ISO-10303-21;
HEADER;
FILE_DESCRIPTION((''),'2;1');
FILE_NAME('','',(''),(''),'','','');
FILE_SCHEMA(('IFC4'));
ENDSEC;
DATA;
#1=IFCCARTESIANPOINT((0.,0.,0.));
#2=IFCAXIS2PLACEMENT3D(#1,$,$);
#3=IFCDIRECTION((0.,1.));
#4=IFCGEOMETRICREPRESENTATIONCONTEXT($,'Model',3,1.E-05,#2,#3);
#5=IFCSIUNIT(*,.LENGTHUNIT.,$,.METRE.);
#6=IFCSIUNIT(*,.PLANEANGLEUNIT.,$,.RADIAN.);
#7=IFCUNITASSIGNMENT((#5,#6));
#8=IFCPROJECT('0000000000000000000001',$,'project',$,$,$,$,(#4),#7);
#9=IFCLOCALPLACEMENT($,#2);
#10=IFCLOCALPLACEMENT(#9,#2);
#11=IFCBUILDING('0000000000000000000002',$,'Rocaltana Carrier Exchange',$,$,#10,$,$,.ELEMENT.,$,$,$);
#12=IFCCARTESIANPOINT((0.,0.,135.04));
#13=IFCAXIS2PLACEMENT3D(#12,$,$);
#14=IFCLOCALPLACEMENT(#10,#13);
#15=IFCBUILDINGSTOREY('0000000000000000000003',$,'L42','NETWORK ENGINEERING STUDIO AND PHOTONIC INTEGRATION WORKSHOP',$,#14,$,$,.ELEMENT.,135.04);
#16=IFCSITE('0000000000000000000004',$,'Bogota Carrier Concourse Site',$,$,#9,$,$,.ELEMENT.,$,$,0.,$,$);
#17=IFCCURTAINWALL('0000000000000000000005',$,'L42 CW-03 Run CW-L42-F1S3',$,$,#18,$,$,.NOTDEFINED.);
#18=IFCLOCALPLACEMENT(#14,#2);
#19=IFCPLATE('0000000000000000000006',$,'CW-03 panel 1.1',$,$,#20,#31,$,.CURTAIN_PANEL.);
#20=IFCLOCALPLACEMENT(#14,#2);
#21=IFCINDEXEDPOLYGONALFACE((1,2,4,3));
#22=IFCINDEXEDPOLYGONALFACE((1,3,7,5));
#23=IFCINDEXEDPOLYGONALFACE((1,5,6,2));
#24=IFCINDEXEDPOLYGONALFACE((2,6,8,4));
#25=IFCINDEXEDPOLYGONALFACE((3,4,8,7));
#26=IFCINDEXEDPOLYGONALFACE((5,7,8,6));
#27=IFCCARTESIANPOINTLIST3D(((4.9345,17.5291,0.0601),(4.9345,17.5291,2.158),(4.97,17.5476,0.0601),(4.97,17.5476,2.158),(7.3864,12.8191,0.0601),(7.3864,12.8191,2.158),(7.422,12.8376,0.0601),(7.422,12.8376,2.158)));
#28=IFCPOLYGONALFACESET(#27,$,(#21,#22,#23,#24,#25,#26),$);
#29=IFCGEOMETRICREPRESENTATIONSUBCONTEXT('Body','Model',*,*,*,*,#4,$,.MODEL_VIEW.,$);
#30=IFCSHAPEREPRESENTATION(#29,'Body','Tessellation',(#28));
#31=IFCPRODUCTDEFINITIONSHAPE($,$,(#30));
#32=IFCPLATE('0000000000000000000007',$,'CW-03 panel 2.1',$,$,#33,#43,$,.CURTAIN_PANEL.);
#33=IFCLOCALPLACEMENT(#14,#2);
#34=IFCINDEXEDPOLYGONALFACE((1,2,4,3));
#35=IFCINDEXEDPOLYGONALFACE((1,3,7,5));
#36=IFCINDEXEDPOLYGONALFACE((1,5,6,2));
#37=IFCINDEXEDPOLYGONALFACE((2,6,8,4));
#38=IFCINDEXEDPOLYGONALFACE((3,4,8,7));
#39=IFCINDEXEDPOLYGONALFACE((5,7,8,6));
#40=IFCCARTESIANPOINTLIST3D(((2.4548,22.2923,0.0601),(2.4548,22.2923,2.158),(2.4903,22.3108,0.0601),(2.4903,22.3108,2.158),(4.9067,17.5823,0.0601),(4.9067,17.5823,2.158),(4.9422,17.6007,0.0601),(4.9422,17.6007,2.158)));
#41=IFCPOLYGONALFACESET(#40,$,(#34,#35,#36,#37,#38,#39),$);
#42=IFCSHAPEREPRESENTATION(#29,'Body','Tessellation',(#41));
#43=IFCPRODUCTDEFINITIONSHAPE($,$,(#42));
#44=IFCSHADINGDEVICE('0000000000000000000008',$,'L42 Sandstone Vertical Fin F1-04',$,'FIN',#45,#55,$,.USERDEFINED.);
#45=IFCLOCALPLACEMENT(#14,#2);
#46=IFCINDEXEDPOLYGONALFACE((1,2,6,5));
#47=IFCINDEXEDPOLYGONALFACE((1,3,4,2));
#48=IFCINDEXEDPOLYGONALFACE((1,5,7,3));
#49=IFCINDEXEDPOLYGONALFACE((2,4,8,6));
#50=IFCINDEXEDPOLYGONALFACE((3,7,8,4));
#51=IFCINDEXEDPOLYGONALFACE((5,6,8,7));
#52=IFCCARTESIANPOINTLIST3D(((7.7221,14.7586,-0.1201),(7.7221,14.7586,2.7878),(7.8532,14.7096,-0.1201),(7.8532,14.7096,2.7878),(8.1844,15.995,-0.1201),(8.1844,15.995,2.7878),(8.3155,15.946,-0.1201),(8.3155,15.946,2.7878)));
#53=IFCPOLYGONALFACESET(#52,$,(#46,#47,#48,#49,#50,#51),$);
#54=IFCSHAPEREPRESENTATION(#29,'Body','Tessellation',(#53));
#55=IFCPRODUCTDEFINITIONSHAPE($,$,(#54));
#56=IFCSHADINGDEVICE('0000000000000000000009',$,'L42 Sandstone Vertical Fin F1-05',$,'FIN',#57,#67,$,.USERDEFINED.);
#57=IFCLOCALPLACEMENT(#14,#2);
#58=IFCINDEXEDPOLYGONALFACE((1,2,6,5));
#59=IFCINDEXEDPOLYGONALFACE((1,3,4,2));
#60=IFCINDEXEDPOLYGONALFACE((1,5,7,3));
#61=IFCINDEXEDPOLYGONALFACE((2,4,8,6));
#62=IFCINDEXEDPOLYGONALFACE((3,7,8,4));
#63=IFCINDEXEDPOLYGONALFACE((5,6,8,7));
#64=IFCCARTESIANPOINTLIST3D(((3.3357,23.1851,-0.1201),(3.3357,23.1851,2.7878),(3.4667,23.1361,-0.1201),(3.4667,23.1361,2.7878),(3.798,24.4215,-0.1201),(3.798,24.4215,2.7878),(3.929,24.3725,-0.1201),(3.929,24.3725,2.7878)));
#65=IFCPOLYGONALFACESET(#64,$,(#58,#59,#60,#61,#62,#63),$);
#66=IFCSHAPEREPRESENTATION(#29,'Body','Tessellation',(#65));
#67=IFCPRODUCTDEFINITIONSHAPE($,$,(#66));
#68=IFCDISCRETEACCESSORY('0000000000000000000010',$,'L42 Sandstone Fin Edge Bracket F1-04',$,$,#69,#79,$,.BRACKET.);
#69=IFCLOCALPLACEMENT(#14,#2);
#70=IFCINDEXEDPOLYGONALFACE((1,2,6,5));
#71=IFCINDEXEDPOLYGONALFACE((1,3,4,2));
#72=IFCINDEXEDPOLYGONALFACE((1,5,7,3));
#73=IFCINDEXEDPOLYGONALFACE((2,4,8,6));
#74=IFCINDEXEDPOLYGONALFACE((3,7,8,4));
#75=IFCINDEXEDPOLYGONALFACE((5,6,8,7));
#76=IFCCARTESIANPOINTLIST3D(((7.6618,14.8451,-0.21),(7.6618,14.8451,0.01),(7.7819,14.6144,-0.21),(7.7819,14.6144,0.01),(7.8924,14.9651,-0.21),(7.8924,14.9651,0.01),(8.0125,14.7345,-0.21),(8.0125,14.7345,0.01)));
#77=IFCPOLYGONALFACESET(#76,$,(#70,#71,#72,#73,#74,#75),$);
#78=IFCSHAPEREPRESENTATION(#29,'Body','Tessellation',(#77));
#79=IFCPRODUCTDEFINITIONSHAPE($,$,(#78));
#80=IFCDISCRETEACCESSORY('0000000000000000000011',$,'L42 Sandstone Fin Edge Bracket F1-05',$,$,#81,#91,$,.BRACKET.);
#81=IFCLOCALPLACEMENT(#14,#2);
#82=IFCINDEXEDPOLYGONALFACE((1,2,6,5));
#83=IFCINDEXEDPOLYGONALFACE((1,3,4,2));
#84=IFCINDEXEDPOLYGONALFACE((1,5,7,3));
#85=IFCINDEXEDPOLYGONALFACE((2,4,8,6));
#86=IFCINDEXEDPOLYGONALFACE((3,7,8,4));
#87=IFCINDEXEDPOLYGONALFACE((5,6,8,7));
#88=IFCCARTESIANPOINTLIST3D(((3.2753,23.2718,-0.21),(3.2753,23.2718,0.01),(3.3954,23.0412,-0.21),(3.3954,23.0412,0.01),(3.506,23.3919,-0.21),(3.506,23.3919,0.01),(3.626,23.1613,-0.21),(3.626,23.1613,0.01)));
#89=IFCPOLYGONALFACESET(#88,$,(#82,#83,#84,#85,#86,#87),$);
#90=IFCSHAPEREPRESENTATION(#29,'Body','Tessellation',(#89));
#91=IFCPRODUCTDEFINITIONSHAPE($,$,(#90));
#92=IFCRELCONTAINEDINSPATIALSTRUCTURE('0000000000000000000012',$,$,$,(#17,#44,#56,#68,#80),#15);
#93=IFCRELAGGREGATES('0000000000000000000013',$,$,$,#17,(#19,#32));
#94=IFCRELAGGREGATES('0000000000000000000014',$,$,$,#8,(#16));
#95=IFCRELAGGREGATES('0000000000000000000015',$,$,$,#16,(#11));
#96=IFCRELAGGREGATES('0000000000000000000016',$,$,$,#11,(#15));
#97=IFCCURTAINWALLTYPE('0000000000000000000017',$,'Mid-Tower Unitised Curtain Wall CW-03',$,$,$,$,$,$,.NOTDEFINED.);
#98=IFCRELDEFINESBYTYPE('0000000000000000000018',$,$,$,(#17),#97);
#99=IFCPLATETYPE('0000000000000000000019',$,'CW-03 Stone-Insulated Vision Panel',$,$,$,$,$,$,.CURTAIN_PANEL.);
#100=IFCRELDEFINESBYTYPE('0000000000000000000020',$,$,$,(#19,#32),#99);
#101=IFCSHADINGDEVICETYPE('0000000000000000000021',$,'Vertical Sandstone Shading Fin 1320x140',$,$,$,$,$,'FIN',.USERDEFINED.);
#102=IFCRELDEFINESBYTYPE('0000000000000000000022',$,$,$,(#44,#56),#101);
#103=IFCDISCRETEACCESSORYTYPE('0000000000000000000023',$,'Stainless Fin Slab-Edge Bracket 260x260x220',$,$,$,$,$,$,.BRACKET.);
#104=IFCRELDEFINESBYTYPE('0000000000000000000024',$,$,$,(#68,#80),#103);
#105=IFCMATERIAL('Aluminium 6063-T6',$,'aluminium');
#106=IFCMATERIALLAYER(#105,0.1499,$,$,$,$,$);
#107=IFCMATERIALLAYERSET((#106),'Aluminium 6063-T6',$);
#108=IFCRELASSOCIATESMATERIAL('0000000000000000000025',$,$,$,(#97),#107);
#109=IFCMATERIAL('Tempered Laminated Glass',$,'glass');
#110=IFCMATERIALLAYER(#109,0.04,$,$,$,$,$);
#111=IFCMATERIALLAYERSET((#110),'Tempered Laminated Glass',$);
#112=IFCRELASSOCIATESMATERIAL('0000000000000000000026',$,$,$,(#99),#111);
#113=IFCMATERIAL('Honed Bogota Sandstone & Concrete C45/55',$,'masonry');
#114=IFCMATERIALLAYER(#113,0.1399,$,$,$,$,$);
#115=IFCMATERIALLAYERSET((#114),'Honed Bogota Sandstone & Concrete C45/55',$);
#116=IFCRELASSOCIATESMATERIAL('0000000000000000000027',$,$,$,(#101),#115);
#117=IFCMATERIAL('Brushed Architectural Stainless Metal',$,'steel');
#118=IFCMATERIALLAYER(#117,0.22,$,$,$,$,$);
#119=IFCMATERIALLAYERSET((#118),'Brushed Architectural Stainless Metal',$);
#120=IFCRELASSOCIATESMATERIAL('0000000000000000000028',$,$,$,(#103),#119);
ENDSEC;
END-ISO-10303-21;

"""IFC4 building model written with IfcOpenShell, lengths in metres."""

from ifc_helpers import new_model, si_unit, direction, frame, origin, origin_2d, place, context, subcontext, project, spatial, rectangle, extrude, material, layer, layer_set, type_object, element, aggregate, save


model = new_model("IFC4")

# Units and contexts
model_context = context("Model", 3, precision=1e-05, world=origin(), true_north=direction((0.0, 1.0)))
body_context = subcontext(model_context, "Body", "Model", "MODEL_VIEW")
ifc_project = project(units=[si_unit("LENGTHUNIT", "METRE"), si_unit("PLANEANGLEUNIT", "RADIAN")], contexts=[model_context])

# Site, building, storey
site_placement = place(None, origin())
site = spatial("IfcSite", under=ifc_project, at=site_placement, Name="Bogota Carrier Concourse Site", CompositionType="ELEMENT", RefElevation=0.0)
building_placement = place(site_placement, origin())
building = spatial("IfcBuilding", under=site, at=building_placement, Name="Rocaltana Carrier Exchange", CompositionType="ELEMENT")
storey_placement = place(building_placement, frame((0.0, 0.0, 135.04)))
storey = spatial("IfcBuildingStorey", under=building, at=storey_placement, Name="L42", Description="NETWORK ENGINEERING STUDIO AND PHOTONIC INTEGRATION WORKSHOP", CompositionType="ELEMENT", Elevation=135.04)

# Curtain wall
ifc_material_1 = material(Name="Aluminium 6063-T6", Category="aluminium")
ifc_layer_1 = layer(ifc_material_1, 0.1499)
ifc_layer_set_1 = layer_set([ifc_layer_1], Name="Aluminium 6063-T6")
curtain_wall_type = type_object("IfcCurtainWallType", Name="Mid-Tower Unitised Curtain Wall CW-03", PredefinedType="NOTDEFINED", material=ifc_layer_set_1)
curtain_wall_placement = place(storey_placement, origin())
curtain_wall = element("IfcCurtainWall", 1, at=curtain_wall_placement, inside=storey, type_object=curtain_wall_type, Name="L42 CW-03 Run CW-L42-F1S3", PredefinedType="NOTDEFINED")

# Plates
ifc_material_2 = material(Name="Tempered Laminated Glass", Category="glass")
ifc_layer_2 = layer(ifc_material_2, 0.04)
ifc_layer_set_2 = layer_set([ifc_layer_2], Name="Tempered Laminated Glass")
plate_type = type_object("IfcPlateType", Name="CW-03 Stone-Insulated Vision Panel", PredefinedType="CURTAIN_PANEL", material=ifc_layer_set_2)
plate_1_placement = place(storey_placement, frame((6.1782, 15.1833, 0.0601), z_axis=(0.0, 0.0, 1.0), x_axis=(-0.461754, 0.887008, 0.0)))
plate_1 = element("IfcPlate", 2, at=plate_1_placement, type_object=plate_type, Name="CW-03 panel 1.1", PredefinedType="CURTAIN_PANEL", context=body_context, shape_type="SweptSolid", body=[
    extrude(rectangle(XDim=5.3101, YDim=0.04, at=origin_2d()), origin(), (0.0, 0.0, 1.0), 2.0979),
])
plate_2_placement = place(storey_placement, frame((3.6985, 19.9465, 0.0601), z_axis=(0.0, 0.0, 1.0), x_axis=(-0.461754, 0.887008, 0.0)))
plate_2 = element("IfcPlate", 3, at=plate_2_placement, type_object=plate_type, Name="CW-03 panel 2.1", PredefinedType="CURTAIN_PANEL", context=body_context, shape_type="SweptSolid", body=[
    extrude(rectangle(XDim=5.3101, YDim=0.04, at=origin_2d()), origin(), (0.0, 0.0, 1.0), 2.0979),
])
aggregate(curtain_wall, [plate_1, plate_2])

# Shading devices
ifc_material_3 = material(Name="Honed Bogota Sandstone & Concrete C45/55", Category="masonry")
ifc_layer_3 = layer(ifc_material_3, 0.1399)
ifc_layer_set_3 = layer_set([ifc_layer_3], Name="Honed Bogota Sandstone & Concrete C45/55")
shading_device_type = type_object("IfcShadingDeviceType", Name="Vertical Sandstone Shading Fin 1320x140", ElementType="FIN", PredefinedType="USERDEFINED", material=ifc_layer_set_3)
for number, where, z_axis, x_axis, name in (
    (4, (8.0188, 15.3523, -0.1201), (0.0, 0.0, 1.0), (0.350207, 0.936672, 0.0), "L42 Sandstone Vertical Fin F1-04"),
    (5, (3.6323, 23.7788, -0.1201), (0.0, 0.0, 1.0), (0.350207, 0.936672, 0.0), "L42 Sandstone Vertical Fin F1-05"),
):
    element("IfcShadingDevice", number, at=place(storey_placement, frame(where, z_axis=z_axis, x_axis=x_axis)), inside=storey, type_object=shading_device_type, Name=name, ObjectType="FIN", PredefinedType="USERDEFINED", context=body_context, shape_type="SweptSolid", body=[
        extrude(rectangle(XDim=1.3201, YDim=0.1399, at=origin_2d()), origin(), (0.0, 0.0, 1.0), 2.908),
    ])

# Discrete accessories
ifc_material_4 = material(Name="Brushed Architectural Stainless Metal", Category="steel")
ifc_layer_4 = layer(ifc_material_4, 0.22)
ifc_layer_set_4 = layer_set([ifc_layer_4], Name="Brushed Architectural Stainless Metal")
discrete_accessory_type = type_object("IfcDiscreteAccessoryType", Name="Stainless Fin Slab-Edge Bracket 260x260x220", PredefinedType="BRACKET", material=ifc_layer_set_4)
for number, where, z_axis, x_axis, name in (
    (6, (7.8372, 14.7898, -0.21), (0.0, 0.0, 1.0), (-0.461749, 0.887011, 0.0), "L42 Sandstone Fin Edge Bracket F1-04"),
    (7, (3.4507, 23.2166, -0.21), (0.0, 0.0, 1.0), (-0.461749, 0.887011, 0.0), "L42 Sandstone Fin Edge Bracket F1-05"),
):
    element("IfcDiscreteAccessory", number, at=place(storey_placement, frame(where, z_axis=z_axis, x_axis=x_axis)), inside=storey, type_object=discrete_accessory_type, Name=name, PredefinedType="BRACKET", context=body_context, shape_type="SweptSolid", body=[
        extrude(rectangle(XDim=0.26, YDim=0.26, at=origin_2d()), origin(), (0.0, 0.0, 1.0), 0.22),
    ])

save(model, "model.ifc")
